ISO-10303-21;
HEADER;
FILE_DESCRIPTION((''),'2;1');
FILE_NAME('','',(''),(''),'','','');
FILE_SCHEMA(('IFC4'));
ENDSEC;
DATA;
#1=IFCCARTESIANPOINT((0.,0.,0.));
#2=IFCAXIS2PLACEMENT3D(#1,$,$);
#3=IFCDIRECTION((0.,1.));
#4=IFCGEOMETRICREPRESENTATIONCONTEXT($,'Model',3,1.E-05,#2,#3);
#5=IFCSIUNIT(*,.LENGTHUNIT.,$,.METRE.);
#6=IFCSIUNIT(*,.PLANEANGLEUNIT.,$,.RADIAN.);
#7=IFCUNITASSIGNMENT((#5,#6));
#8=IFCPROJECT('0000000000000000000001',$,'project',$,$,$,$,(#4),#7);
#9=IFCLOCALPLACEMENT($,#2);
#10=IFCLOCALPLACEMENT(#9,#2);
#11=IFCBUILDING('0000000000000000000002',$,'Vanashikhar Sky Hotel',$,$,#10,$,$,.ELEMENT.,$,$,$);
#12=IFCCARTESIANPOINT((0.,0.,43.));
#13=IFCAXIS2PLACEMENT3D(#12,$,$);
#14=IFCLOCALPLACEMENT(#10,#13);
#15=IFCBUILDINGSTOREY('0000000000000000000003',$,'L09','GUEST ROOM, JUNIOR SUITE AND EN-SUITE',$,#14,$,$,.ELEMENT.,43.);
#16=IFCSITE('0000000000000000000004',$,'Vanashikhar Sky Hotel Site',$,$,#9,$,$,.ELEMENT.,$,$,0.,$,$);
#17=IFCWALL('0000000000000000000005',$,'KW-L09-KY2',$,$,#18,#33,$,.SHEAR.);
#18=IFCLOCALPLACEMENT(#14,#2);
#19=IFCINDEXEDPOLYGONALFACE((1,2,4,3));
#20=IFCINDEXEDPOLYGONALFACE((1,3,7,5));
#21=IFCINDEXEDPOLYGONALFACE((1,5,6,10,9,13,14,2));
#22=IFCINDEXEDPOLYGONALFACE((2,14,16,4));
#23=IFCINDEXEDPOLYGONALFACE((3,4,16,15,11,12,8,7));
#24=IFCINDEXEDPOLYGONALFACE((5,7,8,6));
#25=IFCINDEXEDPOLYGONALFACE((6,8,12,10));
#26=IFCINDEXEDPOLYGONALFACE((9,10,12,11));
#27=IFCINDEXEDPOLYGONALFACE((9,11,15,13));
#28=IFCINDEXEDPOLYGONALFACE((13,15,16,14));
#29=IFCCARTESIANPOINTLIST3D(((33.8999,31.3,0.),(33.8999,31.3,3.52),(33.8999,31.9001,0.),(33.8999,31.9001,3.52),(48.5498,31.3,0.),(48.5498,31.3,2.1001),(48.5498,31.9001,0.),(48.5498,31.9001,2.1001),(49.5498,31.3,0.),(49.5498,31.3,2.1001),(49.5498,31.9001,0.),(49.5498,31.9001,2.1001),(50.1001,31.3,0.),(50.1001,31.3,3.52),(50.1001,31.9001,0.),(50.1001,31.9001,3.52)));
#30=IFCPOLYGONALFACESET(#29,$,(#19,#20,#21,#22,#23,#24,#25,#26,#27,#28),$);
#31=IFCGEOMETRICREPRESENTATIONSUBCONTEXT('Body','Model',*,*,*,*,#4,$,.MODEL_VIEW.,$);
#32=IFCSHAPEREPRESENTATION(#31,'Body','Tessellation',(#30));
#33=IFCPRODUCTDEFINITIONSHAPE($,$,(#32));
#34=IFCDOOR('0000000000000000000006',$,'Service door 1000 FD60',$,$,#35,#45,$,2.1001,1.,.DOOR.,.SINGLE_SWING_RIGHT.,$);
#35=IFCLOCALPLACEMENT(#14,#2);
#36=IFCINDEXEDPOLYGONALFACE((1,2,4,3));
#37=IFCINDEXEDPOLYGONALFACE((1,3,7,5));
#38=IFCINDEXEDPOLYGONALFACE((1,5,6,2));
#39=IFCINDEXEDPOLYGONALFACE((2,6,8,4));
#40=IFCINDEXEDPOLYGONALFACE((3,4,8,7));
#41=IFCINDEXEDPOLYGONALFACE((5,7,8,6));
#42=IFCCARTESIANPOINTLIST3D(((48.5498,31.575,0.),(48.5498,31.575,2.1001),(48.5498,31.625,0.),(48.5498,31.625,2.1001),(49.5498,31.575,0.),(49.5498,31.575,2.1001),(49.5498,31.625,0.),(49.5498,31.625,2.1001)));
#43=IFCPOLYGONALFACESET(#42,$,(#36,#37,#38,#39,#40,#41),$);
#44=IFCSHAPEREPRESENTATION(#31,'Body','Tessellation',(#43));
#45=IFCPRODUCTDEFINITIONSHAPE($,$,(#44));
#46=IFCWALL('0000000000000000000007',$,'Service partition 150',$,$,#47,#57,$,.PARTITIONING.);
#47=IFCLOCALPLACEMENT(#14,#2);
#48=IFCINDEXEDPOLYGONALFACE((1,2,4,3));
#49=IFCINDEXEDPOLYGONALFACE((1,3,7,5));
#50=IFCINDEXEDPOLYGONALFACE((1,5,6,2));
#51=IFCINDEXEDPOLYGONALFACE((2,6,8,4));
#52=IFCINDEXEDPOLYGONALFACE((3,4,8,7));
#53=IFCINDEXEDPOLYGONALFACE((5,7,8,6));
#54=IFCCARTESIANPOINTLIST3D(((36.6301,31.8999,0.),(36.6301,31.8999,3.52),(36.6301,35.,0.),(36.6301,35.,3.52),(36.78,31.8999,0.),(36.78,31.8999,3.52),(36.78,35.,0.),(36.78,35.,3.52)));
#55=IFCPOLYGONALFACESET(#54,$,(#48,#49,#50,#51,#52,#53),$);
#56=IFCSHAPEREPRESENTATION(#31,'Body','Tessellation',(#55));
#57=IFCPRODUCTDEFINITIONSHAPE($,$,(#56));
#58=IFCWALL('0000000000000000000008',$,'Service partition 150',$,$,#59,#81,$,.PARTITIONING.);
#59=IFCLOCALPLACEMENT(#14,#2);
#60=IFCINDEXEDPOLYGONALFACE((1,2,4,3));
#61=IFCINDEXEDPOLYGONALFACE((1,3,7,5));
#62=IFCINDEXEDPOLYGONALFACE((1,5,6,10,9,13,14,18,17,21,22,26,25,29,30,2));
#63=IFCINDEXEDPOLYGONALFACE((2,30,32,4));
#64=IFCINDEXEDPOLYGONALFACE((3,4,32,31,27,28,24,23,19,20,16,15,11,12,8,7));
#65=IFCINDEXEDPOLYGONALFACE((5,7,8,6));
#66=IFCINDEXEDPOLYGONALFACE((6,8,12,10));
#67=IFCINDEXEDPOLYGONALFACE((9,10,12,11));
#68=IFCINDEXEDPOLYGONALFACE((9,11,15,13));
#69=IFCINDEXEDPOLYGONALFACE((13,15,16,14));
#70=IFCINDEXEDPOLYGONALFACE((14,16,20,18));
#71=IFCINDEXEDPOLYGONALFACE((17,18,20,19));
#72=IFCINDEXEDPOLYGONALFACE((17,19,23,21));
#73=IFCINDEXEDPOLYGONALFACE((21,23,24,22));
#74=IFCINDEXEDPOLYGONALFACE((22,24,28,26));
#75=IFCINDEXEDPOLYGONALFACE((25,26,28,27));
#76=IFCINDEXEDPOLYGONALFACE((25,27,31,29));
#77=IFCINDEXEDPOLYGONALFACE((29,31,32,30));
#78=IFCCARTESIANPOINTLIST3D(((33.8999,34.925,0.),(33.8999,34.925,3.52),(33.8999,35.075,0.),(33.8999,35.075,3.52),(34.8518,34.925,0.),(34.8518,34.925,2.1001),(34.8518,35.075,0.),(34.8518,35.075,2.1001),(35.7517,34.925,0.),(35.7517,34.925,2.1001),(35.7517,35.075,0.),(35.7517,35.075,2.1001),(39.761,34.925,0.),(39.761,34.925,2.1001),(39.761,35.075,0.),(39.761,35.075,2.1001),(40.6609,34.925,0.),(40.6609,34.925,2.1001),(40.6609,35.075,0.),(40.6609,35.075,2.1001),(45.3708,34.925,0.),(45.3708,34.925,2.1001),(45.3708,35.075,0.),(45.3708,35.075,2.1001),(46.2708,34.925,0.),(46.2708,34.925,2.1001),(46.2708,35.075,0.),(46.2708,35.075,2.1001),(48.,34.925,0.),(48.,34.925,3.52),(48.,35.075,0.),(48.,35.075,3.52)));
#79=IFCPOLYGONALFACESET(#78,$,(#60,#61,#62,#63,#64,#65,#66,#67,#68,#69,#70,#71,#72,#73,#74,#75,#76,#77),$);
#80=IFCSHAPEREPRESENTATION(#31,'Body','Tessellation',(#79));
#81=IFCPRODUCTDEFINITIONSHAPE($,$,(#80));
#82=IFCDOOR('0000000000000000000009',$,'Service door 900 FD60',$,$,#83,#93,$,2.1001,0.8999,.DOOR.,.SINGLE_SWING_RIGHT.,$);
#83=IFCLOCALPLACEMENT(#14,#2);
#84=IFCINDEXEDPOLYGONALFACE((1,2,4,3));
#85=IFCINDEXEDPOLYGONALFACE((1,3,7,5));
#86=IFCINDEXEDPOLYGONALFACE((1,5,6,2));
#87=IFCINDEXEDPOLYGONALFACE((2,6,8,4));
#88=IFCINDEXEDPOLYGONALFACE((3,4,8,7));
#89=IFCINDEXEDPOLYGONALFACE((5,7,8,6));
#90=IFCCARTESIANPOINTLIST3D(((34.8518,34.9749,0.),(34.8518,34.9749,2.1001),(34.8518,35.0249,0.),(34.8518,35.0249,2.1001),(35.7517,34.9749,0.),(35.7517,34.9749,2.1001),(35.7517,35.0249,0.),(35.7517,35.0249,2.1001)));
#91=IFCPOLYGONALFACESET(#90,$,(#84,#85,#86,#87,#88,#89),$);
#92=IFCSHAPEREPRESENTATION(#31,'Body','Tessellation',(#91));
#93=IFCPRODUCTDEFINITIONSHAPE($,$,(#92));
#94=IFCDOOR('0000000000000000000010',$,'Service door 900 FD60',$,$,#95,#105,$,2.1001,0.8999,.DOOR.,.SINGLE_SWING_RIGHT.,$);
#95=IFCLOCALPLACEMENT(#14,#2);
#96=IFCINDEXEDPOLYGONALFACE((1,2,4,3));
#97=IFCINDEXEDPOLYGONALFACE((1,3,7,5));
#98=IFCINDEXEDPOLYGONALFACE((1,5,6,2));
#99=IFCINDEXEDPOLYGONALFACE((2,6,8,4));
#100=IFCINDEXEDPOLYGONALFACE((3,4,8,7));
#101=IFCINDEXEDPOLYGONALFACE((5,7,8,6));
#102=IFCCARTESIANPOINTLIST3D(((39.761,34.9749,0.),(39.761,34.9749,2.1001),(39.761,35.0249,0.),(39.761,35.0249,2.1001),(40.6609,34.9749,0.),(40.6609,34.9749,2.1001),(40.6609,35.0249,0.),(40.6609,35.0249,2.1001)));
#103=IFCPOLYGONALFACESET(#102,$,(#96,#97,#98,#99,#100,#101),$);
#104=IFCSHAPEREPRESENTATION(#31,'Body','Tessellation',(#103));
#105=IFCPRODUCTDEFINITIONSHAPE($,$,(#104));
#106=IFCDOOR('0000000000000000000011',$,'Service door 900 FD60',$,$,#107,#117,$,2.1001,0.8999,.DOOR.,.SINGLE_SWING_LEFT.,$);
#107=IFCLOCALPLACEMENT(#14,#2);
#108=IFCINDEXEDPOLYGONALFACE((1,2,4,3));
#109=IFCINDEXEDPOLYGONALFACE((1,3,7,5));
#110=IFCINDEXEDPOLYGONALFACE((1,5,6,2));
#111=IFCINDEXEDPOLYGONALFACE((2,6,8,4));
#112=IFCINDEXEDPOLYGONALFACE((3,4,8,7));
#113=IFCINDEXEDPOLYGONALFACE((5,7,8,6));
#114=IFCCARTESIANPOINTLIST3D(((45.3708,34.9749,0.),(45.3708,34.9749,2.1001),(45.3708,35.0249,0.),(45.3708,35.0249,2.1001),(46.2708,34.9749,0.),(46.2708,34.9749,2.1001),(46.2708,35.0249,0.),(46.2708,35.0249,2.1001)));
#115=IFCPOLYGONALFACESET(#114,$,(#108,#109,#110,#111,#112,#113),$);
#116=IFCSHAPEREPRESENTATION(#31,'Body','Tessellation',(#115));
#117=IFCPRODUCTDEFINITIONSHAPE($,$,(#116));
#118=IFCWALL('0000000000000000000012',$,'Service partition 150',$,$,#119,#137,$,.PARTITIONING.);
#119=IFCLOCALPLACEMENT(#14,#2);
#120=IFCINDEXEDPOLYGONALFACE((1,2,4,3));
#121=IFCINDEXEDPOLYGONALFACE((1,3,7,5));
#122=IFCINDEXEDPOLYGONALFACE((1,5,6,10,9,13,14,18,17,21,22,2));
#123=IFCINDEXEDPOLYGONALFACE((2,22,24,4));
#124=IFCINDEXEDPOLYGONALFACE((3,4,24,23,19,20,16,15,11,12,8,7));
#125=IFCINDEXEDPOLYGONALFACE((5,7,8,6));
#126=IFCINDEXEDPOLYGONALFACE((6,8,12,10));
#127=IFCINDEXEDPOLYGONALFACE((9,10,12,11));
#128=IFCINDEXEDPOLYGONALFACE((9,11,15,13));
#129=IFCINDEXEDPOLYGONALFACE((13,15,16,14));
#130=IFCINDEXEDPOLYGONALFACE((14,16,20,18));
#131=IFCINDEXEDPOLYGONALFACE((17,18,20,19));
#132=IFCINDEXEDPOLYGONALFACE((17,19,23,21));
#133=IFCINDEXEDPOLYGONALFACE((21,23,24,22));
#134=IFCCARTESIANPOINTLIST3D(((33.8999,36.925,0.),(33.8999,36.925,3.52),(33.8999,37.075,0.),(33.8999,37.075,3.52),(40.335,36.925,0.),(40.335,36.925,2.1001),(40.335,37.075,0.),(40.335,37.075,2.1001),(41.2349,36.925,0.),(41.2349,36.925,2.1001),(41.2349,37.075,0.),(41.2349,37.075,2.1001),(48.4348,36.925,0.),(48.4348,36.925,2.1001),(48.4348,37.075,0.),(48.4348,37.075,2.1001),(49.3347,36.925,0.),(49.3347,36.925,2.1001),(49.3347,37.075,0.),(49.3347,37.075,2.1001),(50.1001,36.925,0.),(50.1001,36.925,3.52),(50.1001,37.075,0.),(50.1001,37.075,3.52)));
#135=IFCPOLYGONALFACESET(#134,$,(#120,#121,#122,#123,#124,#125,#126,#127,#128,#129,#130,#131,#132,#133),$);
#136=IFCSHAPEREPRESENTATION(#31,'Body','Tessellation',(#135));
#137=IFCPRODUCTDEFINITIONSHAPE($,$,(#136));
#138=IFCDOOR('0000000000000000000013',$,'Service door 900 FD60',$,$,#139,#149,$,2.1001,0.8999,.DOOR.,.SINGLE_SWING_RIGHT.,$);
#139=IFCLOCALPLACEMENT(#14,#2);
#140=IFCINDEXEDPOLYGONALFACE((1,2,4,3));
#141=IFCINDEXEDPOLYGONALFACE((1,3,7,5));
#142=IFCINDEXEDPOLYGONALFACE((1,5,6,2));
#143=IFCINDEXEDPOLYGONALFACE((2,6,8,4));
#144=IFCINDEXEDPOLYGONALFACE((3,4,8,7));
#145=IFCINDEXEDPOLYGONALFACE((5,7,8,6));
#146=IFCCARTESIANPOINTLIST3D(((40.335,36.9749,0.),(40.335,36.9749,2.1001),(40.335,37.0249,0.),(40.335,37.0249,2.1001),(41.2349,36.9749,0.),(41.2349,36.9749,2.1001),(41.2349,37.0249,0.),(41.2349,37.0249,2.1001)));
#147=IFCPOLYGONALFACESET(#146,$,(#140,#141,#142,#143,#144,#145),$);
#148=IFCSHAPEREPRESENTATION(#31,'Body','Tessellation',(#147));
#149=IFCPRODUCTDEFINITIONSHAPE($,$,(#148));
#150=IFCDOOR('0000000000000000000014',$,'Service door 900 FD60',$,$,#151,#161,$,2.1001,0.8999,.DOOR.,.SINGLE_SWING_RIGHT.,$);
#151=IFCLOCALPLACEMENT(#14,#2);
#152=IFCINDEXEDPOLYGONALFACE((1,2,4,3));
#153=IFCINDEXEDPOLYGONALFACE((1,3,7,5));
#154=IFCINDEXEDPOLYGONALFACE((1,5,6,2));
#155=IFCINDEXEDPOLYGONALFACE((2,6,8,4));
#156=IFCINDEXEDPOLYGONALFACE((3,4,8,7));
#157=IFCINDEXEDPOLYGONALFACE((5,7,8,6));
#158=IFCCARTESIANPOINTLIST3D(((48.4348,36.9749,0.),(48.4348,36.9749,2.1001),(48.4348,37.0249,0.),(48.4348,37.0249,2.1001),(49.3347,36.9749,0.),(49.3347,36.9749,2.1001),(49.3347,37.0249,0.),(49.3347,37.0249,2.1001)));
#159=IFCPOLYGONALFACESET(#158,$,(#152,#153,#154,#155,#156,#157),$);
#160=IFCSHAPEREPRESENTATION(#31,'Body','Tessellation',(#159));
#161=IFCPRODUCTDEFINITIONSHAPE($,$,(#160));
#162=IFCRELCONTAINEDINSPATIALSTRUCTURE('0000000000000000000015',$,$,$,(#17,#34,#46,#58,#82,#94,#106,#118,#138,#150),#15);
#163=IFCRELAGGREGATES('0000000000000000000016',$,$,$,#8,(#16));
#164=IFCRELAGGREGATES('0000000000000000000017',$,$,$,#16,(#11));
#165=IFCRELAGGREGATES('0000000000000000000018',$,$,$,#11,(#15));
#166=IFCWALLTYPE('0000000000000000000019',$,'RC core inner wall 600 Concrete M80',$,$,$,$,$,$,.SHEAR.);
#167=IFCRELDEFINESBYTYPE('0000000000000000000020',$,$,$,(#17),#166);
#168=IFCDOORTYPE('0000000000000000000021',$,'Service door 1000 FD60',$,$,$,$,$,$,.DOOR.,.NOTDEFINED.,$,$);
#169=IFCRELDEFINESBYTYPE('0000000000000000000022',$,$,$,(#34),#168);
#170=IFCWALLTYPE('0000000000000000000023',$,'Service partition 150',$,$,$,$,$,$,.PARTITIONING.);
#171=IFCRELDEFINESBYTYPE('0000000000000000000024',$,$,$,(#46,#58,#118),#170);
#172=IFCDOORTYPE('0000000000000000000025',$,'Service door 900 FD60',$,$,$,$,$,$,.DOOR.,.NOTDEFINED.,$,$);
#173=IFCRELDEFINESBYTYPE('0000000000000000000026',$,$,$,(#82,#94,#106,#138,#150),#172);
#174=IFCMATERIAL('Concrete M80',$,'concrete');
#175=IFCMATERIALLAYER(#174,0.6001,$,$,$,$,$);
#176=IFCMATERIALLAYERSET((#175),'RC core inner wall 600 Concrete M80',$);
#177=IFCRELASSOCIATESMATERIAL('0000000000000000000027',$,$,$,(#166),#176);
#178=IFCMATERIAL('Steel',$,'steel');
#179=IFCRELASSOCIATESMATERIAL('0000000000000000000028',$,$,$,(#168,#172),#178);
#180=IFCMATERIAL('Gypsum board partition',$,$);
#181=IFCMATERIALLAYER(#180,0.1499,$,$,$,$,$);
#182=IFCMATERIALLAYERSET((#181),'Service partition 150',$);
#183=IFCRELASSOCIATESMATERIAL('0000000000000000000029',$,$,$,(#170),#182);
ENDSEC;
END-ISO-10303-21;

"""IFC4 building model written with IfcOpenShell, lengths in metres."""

from ifc_helpers import new_model, si_unit, direction, frame, frame_2d, origin, place, context, subcontext, project, spatial, rectangle, extrude, source, transform, mapped, material, layer, layer_set, type_object, element, fill, save


model = new_model("IFC4")

# Units and contexts
model_context = context("Model", 3, precision=1e-05, world=origin(), true_north=direction((0.0, 1.0)))
body_context = subcontext(model_context, "Body", "Model", "MODEL_VIEW")
ifc_project = project(units=[si_unit("LENGTHUNIT", "METRE"), si_unit("PLANEANGLEUNIT", "RADIAN")], contexts=[model_context])

# Site, building, storey
site_placement = place(None, origin())
site = spatial("IfcSite", under=ifc_project, at=site_placement, Name="Vanashikhar Sky Hotel Site", CompositionType="ELEMENT", RefElevation=0.0)
building_placement = place(site_placement, origin())
building = spatial("IfcBuilding", under=site, at=building_placement, Name="Vanashikhar Sky Hotel", CompositionType="ELEMENT")
storey_placement = place(building_placement, frame((0.0, 0.0, 43.0)))
storey = spatial("IfcBuildingStorey", under=building, at=storey_placement, Name="L09", Description="GUEST ROOM, JUNIOR SUITE AND EN-SUITE", CompositionType="ELEMENT", Elevation=43.0)

# Wall, opening, door
ifc_material_1 = material(Name="Concrete M80", Category="concrete")
ifc_layer_1 = layer(ifc_material_1, 0.6001)
ifc_layer_set_1 = layer_set([ifc_layer_1], Name="RC core inner wall 600 Concrete M80")
wall_type_1 = type_object("IfcWallType", Name="RC core inner wall 600 Concrete M80", PredefinedType="SHEAR", material=ifc_layer_set_1)
shared_shape_1 = source(origin(), body_context, "Body", "SweptSolid", [
    extrude(rectangle(XDim=16.2002, YDim=0.6001, at=frame_2d((8.1001, 0.0))), origin(), (0.0, 0.0, 1.0), 3.52),
])
wall_1_placement = place(storey_placement, frame((33.8999, 31.6001, 0.0), z_axis=(0.0, 0.0, 1.0), x_axis=(1.0, 0.0, 0.0)))
wall_1 = element("IfcWall", 1, at=wall_1_placement, inside=storey, type_object=wall_type_1, Name="KW-L09-KY2", PredefinedType="SHEAR", context=body_context, shape_type="MappedRepresentation", body=[
    mapped(shared_shape_1, transform((0.0, 0.0, 0.0), scale=1.0)),
])
shared_shape_2 = source(origin(), body_context, "Body", "SweptSolid", [
    extrude(rectangle(XDim=1.0, YDim=2.1001, at=frame_2d((0.5, 1.05))), frame((0.0, 0.3101, 0.0), z_axis=(0.0, -1.0, 0.0), x_axis=(1.0, 0.0, 0.0)), (0.0, 0.0, 1.0), 0.6201),
])
opening_1_placement = place(wall_1_placement, frame((14.6499, 0.0, 0.0)))
opening_1 = element("IfcOpeningElement", 2, at=opening_1_placement, cuts=wall_1, PredefinedType="OPENING", context=body_context, shape_type="MappedRepresentation", body=[
    mapped(shared_shape_2, transform((0.0, 0.0, 0.0), scale=1.0)),
])
ifc_material_2 = material(Name="Steel", Category="steel")
door_type_1 = type_object("IfcDoorType", Name="Service door 1000 FD60", OperationType="NOTDEFINED", PredefinedType="DOOR", material=ifc_material_2)
shared_shape_3 = source(origin(), body_context, "Body", "SweptSolid", [
    extrude(rectangle(XDim=1.0, YDim=2.1001, at=frame_2d((0.5, 1.05))), frame((0.0, 0.0249, 0.0), z_axis=(0.0, -1.0, 0.0), x_axis=(1.0, 0.0, 0.0)), (0.0, 0.0, 1.0), 0.05),
])
door_1_placement = place(opening_1_placement, origin())
door_1 = element("IfcDoor", 3, at=door_1_placement, inside=storey, type_object=door_type_1, Name="Service door 1000 FD60", OperationType="SINGLE_SWING_RIGHT", OverallHeight=2.1001, OverallWidth=1.0, PredefinedType="DOOR", context=body_context, shape_type="MappedRepresentation", body=[
    mapped(shared_shape_3, transform((0.0, 0.0, 0.0), scale=1.0)),
])
fill(opening_1, door_1)

# Wall
ifc_material_3 = material(Name="Gypsum board partition")
ifc_layer_2 = layer(ifc_material_3, 0.1499)
ifc_layer_set_2 = layer_set([ifc_layer_2], Name="Service partition 150")
wall_type_2 = type_object("IfcWallType", Name="Service partition 150", PredefinedType="PARTITIONING", material=ifc_layer_set_2)
shared_shape_4 = source(origin(), body_context, "Body", "SweptSolid", [
    extrude(rectangle(XDim=3.1001, YDim=0.1499, at=frame_2d((1.55, 0.0))), origin(), (0.0, 0.0, 1.0), 3.52),
])
wall_2_placement = place(storey_placement, frame((36.7051, 31.8999, 0.0), z_axis=(0.0, 0.0, 1.0), x_axis=(0.0, 1.0, 0.0)))
element("IfcWall", 4, at=wall_2_placement, inside=storey, type_object=wall_type_2, Name="Service partition 150", PredefinedType="PARTITIONING", context=body_context, shape_type="MappedRepresentation", body=[
    mapped(shared_shape_4, transform((0.0, 0.0, 0.0), scale=1.0)),
])

# Walls, openings, doors
shared_shape_5 = source(origin(), body_context, "Body", "SweptSolid", [
    extrude(rectangle(XDim=14.1001, YDim=0.1499, at=frame_2d((7.05, 0.0))), origin(), (0.0, 0.0, 1.0), 3.52),
])
wall_3_placement = place(storey_placement, frame((33.8999, 35.0, 0.0), z_axis=(0.0, 0.0, 1.0), x_axis=(1.0, 0.0, 0.0)))
wall_3 = element("IfcWall", 5, at=wall_3_placement, inside=storey, type_object=wall_type_2, Name="Service partition 150", PredefinedType="PARTITIONING", context=body_context, shape_type="MappedRepresentation", body=[
    mapped(shared_shape_5, transform((0.0, 0.0, 0.0), scale=1.0)),
])
shared_shape_6 = source(origin(), body_context, "Body", "SweptSolid", [
    extrude(rectangle(XDim=0.8999, YDim=2.1001, at=frame_2d((0.45, 1.05))), frame((0.0, 0.085, 0.0), z_axis=(0.0, -1.0, 0.0), x_axis=(1.0, 0.0, 0.0)), (0.0, 0.0, 1.0), 0.1699),
])
opening_2_placement = place(wall_3_placement, frame((0.9519, 0.0, 0.0)))
opening_2 = element("IfcOpeningElement", 6, at=opening_2_placement, cuts=wall_3, PredefinedType="OPENING", context=body_context, shape_type="MappedRepresentation", body=[
    mapped(shared_shape_6, transform((0.0, 0.0, 0.0), scale=1.0)),
])
opening_3_placement = place(wall_3_placement, frame((5.8611, 0.0, 0.0)))
opening_3 = element("IfcOpeningElement", 7, at=opening_3_placement, cuts=wall_3, PredefinedType="OPENING", context=body_context, shape_type="MappedRepresentation", body=[
    mapped(shared_shape_6, transform((0.0, 0.0, 0.0), scale=1.0)),
])
opening_4_placement = place(wall_3_placement, frame((11.4709, 0.0, 0.0)))
opening_4 = element("IfcOpeningElement", 8, at=opening_4_placement, cuts=wall_3, PredefinedType="OPENING", context=body_context, shape_type="MappedRepresentation", body=[
    mapped(shared_shape_6, transform((0.0, 0.0, 0.0), scale=1.0)),
])
door_type_2 = type_object("IfcDoorType", Name="Service door 900 FD60", OperationType="NOTDEFINED", PredefinedType="DOOR", material=ifc_material_2)
shared_shape_7 = source(origin(), body_context, "Body", "SweptSolid", [
    extrude(rectangle(XDim=0.8999, YDim=2.1001, at=frame_2d((0.45, 1.05))), frame((0.0, 0.0249, 0.0), z_axis=(0.0, -1.0, 0.0), x_axis=(1.0, 0.0, 0.0)), (0.0, 0.0, 1.0), 0.05),
])
door_2_placement = place(opening_2_placement, origin())
door_2 = element("IfcDoor", 9, at=door_2_placement, inside=storey, type_object=door_type_2, Name="Service door 900 FD60", OperationType="SINGLE_SWING_RIGHT", OverallHeight=2.1001, OverallWidth=0.8999, PredefinedType="DOOR", context=body_context, shape_type="MappedRepresentation", body=[
    mapped(shared_shape_7, transform((0.0, 0.0, 0.0), scale=1.0)),
])
fill(opening_2, door_2)
door_3_placement = place(opening_3_placement, origin())
door_3 = element("IfcDoor", 10, at=door_3_placement, inside=storey, type_object=door_type_2, Name="Service door 900 FD60", OperationType="SINGLE_SWING_RIGHT", OverallHeight=2.1001, OverallWidth=0.8999, PredefinedType="DOOR", context=body_context, shape_type="MappedRepresentation", body=[
    mapped(shared_shape_7, transform((0.0, 0.0, 0.0), scale=1.0)),
])
fill(opening_3, door_3)
door_4_placement = place(opening_4_placement, origin())
door_4 = element("IfcDoor", 11, at=door_4_placement, inside=storey, type_object=door_type_2, Name="Service door 900 FD60", OperationType="SINGLE_SWING_LEFT", OverallHeight=2.1001, OverallWidth=0.8999, PredefinedType="DOOR", context=body_context, shape_type="MappedRepresentation", body=[
    mapped(shared_shape_7, transform((0.0, 0.0, 0.0), scale=1.0)),
])
fill(opening_4, door_4)
shared_shape_8 = source(origin(), body_context, "Body", "SweptSolid", [
    extrude(rectangle(XDim=16.2002, YDim=0.1499, at=frame_2d((8.1001, 0.0))), origin(), (0.0, 0.0, 1.0), 3.52),
])
wall_4_placement = place(storey_placement, frame((33.8999, 37.0, 0.0), z_axis=(0.0, 0.0, 1.0), x_axis=(1.0, 0.0, 0.0)))
wall_4 = element("IfcWall", 12, at=wall_4_placement, inside=storey, type_object=wall_type_2, Name="Service partition 150", PredefinedType="PARTITIONING", context=body_context, shape_type="MappedRepresentation", body=[
    mapped(shared_shape_8, transform((0.0, 0.0, 0.0), scale=1.0)),
])
opening_5_placement = place(wall_4_placement, frame((6.4351, 0.0, 0.0)))
opening_5 = element("IfcOpeningElement", 13, at=opening_5_placement, cuts=wall_4, PredefinedType="OPENING", context=body_context, shape_type="MappedRepresentation", body=[
    mapped(shared_shape_6, transform((0.0, 0.0, 0.0), scale=1.0)),
])
opening_6_placement = place(wall_4_placement, frame((14.5349, 0.0, 0.0)))
opening_6 = element("IfcOpeningElement", 14, at=opening_6_placement, cuts=wall_4, PredefinedType="OPENING", context=body_context, shape_type="MappedRepresentation", body=[
    mapped(shared_shape_6, transform((0.0, 0.0, 0.0), scale=1.0)),
])
door_5_placement = place(opening_5_placement, origin())
door_5 = element("IfcDoor", 15, at=door_5_placement, inside=storey, type_object=door_type_2, Name="Service door 900 FD60", OperationType="SINGLE_SWING_RIGHT", OverallHeight=2.1001, OverallWidth=0.8999, PredefinedType="DOOR", context=body_context, shape_type="MappedRepresentation", body=[
    mapped(shared_shape_7, transform((0.0, 0.0, 0.0), scale=1.0)),
])
fill(opening_5, door_5)
door_6_placement = place(opening_6_placement, origin())
door_6 = element("IfcDoor", 16, at=door_6_placement, inside=storey, type_object=door_type_2, Name="Service door 900 FD60", OperationType="SINGLE_SWING_RIGHT", OverallHeight=2.1001, OverallWidth=0.8999, PredefinedType="DOOR", context=body_context, shape_type="MappedRepresentation", body=[
    mapped(shared_shape_7, transform((0.0, 0.0, 0.0), scale=1.0)),
])
fill(opening_6, door_6)

save(model, "model.ifc")
